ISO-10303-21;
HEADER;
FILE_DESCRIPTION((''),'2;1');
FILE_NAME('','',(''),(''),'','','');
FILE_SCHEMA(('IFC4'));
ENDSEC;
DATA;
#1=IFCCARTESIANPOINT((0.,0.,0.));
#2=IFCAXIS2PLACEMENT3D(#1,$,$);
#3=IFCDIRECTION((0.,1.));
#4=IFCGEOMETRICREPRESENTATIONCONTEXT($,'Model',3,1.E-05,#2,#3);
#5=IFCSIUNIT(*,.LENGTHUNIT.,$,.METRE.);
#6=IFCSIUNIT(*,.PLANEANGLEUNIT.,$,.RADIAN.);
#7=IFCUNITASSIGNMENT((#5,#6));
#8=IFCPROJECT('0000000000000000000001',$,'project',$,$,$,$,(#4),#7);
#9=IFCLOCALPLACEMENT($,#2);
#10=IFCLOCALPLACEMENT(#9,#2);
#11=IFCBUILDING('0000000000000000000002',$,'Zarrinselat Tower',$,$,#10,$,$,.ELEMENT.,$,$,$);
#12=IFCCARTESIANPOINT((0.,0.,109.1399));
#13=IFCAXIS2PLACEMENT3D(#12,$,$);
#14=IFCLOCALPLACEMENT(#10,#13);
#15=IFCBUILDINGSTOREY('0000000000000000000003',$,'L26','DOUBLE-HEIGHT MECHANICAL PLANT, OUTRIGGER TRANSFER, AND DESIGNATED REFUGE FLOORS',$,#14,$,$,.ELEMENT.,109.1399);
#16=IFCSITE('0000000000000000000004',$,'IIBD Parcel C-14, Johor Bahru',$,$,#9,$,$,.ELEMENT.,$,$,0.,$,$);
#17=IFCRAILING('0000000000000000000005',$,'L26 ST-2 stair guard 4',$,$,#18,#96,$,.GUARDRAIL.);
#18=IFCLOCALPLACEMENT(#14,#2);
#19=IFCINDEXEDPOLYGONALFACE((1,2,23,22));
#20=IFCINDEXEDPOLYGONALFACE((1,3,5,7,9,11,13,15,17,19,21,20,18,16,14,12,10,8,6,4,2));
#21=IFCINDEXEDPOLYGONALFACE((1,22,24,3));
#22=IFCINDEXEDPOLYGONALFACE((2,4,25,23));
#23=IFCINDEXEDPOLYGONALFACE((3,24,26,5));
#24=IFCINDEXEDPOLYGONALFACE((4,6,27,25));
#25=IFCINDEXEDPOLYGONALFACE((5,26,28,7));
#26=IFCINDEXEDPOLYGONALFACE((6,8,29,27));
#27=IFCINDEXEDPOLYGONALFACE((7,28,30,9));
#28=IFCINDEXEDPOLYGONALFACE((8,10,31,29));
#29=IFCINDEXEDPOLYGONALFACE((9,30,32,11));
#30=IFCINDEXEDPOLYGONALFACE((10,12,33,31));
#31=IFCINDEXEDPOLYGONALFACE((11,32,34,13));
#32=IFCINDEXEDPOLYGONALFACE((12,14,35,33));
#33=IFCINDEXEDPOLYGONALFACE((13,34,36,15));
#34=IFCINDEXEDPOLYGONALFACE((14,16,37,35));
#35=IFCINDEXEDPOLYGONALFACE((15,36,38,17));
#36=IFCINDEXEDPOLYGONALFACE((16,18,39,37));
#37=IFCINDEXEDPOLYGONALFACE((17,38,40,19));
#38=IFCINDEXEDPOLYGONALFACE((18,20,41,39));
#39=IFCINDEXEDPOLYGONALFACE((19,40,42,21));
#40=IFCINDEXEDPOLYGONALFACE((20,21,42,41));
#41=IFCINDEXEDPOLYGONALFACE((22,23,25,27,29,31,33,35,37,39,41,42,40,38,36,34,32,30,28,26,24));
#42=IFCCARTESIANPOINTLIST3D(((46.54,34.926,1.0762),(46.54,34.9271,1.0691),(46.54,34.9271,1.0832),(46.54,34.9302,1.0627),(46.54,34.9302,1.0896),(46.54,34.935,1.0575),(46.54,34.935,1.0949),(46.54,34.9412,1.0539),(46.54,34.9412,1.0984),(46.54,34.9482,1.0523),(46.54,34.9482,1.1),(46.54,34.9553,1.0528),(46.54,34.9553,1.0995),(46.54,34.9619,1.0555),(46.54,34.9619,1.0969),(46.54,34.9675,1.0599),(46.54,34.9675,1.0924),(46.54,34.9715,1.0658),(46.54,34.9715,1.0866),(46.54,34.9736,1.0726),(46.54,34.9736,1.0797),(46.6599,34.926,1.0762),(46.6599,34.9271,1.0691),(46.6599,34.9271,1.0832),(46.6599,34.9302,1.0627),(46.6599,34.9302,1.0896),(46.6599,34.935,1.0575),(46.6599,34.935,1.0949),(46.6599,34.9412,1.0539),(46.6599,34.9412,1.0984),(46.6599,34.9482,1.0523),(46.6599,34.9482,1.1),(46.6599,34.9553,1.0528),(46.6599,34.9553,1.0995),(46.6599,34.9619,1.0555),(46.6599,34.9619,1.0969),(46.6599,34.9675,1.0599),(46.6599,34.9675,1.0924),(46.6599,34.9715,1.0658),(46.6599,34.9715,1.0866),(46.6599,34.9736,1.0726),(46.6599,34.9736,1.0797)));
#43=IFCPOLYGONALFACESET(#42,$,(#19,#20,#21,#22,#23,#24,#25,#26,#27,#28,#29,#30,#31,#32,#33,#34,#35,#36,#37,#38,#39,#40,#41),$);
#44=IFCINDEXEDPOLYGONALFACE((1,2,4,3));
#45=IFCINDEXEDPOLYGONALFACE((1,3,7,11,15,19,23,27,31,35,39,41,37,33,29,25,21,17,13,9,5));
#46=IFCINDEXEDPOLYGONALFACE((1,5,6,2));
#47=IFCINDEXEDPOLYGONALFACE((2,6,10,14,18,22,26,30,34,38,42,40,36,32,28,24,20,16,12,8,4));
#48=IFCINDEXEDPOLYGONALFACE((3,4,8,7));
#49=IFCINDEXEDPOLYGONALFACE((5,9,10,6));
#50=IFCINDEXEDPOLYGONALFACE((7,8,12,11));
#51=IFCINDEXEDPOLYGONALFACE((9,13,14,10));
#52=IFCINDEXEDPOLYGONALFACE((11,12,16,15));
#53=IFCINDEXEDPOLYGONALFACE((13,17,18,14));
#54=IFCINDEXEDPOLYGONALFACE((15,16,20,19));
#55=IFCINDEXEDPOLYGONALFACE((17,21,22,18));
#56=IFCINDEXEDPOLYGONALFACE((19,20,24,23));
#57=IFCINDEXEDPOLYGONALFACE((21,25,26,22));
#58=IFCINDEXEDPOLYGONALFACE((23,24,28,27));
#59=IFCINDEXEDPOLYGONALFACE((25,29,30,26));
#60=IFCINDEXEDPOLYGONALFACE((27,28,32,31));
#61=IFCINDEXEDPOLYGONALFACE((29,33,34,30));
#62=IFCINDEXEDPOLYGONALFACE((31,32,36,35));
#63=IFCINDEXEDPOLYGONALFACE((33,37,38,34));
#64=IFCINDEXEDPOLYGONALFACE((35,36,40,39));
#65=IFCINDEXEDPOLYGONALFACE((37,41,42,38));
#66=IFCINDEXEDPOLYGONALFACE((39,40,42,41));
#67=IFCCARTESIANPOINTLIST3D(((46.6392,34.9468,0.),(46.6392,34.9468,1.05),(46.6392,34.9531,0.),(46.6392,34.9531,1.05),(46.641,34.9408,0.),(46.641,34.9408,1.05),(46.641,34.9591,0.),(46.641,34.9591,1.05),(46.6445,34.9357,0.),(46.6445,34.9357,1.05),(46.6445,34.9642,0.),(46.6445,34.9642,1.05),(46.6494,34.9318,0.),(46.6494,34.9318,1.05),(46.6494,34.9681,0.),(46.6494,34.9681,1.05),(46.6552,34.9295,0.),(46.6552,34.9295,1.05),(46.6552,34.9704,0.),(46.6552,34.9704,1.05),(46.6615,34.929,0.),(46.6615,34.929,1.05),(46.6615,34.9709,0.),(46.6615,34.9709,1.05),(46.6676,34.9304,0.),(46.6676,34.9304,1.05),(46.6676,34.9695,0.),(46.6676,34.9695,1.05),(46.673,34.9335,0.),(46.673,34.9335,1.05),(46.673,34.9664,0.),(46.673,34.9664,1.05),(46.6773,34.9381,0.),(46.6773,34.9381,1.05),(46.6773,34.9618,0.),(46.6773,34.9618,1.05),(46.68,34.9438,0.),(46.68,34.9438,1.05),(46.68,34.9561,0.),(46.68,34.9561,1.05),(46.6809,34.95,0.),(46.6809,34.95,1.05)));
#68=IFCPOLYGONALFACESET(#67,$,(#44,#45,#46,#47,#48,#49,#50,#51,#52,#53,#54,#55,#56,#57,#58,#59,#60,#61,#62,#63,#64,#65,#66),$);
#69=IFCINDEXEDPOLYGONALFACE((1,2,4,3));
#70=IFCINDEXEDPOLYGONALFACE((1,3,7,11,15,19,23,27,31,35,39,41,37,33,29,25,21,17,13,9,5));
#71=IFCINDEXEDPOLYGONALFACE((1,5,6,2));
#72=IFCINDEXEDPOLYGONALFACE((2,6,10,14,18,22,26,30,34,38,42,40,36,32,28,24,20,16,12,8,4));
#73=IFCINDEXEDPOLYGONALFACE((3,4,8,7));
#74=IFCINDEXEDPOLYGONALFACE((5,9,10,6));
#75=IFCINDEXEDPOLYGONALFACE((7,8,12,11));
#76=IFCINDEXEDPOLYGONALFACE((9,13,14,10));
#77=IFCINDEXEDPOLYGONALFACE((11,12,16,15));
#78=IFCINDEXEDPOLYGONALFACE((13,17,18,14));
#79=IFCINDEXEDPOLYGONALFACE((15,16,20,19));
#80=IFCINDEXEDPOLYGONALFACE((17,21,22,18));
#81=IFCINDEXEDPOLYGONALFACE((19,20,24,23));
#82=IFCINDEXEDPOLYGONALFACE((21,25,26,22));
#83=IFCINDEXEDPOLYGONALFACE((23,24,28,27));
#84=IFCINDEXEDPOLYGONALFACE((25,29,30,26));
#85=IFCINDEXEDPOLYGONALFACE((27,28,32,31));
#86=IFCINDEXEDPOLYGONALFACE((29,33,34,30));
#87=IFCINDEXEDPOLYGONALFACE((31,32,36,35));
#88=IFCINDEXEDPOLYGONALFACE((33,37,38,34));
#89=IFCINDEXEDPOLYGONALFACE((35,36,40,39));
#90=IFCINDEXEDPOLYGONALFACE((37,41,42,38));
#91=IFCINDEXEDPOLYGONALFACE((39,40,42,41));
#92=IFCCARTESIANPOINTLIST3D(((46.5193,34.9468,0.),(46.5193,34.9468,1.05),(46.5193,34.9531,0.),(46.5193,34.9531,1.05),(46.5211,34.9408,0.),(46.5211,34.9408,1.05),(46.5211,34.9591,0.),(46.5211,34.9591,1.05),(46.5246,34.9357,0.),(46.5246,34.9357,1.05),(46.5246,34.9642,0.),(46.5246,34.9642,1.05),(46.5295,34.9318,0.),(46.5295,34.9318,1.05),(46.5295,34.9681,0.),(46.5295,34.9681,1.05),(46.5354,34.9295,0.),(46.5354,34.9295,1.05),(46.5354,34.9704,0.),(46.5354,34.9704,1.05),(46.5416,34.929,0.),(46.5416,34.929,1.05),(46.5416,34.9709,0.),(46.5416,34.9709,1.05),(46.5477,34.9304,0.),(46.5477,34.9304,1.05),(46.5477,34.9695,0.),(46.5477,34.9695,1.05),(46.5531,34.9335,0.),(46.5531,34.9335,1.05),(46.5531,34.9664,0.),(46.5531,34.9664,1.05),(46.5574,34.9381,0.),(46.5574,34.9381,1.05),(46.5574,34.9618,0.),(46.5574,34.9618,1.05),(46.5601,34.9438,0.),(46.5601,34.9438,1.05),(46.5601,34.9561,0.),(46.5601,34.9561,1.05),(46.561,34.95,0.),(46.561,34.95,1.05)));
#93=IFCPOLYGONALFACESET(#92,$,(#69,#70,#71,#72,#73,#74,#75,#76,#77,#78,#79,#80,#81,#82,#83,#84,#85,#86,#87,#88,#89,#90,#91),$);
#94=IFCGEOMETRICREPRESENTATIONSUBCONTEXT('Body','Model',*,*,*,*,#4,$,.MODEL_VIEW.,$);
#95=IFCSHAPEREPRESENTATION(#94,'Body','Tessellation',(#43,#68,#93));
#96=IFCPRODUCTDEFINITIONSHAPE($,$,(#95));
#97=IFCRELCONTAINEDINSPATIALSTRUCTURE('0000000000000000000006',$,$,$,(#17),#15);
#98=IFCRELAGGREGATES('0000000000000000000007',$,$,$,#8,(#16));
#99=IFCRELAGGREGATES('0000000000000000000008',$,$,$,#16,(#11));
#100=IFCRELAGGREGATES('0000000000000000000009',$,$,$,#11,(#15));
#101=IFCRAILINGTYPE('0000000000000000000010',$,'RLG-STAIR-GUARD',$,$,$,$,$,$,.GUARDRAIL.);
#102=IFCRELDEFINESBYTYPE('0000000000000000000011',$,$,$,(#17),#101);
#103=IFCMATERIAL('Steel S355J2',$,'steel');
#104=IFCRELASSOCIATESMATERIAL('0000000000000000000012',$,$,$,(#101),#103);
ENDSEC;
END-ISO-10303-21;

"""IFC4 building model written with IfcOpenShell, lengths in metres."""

from ifc_helpers import new_model, si_unit, direction, frame, origin, origin_2d, place, context, subcontext, project, spatial, circle, extrude, material, type_object, element, save


model = new_model("IFC4")

# Units and contexts
model_context = context("Model", 3, precision=1e-05, world=origin(), true_north=direction((0.0, 1.0)))
body_context = subcontext(model_context, "Body", "Model", "MODEL_VIEW")
ifc_project = project(units=[si_unit("LENGTHUNIT", "METRE"), si_unit("PLANEANGLEUNIT", "RADIAN")], contexts=[model_context])

# Site, building, storey
site_placement = place(None, origin())
site = spatial("IfcSite", under=ifc_project, at=site_placement, Name="IIBD Parcel C-14, Johor Bahru", CompositionType="ELEMENT", RefElevation=0.0)
building_placement = place(site_placement, origin())
building = spatial("IfcBuilding", under=site, at=building_placement, Name="Zarrinselat Tower", CompositionType="ELEMENT")
storey_placement = place(building_placement, frame((0.0, 0.0, 109.1399)))
storey = spatial("IfcBuildingStorey", under=building, at=storey_placement, Name="L26", Description="DOUBLE-HEIGHT MECHANICAL PLANT, OUTRIGGER TRANSFER, AND DESIGNATED REFUGE FLOORS", CompositionType="ELEMENT", Elevation=109.1399)

# Railing
ifc_material_1 = material(Name="Steel S355J2", Category="steel")
railing_type_1 = type_object("IfcRailingType", Name="RLG-STAIR-GUARD", PredefinedType="GUARDRAIL", material=ifc_material_1)
railing_1_placement = place(storey_placement, frame((46.6599, 34.95, 0.0)))
element("IfcRailing", 1, at=railing_1_placement, inside=storey, type_object=railing_type_1, Name="L26 ST-2 stair guard 4", PredefinedType="GUARDRAIL", context=body_context, shape_type="SweptSolid", body=[
    extrude(circle(Radius=0.0239, at=origin_2d()), frame((0.0, 0.0, 1.0762), z_axis=(-1.0, 0.0, 0.0), x_axis=(0.0, -1.0, 0.0)), (0.0, 0.0, 1.0), 0.1199),
    extrude(circle(Radius=0.021, at=origin_2d()), origin(), (0.0, 0.0, 1.0), 1.05),
    extrude(circle(Radius=0.021, at=origin_2d()), frame((-0.1199, 0.0, 0.0)), (0.0, 0.0, 1.0), 1.05),
])

save(model, "model.ifc")
